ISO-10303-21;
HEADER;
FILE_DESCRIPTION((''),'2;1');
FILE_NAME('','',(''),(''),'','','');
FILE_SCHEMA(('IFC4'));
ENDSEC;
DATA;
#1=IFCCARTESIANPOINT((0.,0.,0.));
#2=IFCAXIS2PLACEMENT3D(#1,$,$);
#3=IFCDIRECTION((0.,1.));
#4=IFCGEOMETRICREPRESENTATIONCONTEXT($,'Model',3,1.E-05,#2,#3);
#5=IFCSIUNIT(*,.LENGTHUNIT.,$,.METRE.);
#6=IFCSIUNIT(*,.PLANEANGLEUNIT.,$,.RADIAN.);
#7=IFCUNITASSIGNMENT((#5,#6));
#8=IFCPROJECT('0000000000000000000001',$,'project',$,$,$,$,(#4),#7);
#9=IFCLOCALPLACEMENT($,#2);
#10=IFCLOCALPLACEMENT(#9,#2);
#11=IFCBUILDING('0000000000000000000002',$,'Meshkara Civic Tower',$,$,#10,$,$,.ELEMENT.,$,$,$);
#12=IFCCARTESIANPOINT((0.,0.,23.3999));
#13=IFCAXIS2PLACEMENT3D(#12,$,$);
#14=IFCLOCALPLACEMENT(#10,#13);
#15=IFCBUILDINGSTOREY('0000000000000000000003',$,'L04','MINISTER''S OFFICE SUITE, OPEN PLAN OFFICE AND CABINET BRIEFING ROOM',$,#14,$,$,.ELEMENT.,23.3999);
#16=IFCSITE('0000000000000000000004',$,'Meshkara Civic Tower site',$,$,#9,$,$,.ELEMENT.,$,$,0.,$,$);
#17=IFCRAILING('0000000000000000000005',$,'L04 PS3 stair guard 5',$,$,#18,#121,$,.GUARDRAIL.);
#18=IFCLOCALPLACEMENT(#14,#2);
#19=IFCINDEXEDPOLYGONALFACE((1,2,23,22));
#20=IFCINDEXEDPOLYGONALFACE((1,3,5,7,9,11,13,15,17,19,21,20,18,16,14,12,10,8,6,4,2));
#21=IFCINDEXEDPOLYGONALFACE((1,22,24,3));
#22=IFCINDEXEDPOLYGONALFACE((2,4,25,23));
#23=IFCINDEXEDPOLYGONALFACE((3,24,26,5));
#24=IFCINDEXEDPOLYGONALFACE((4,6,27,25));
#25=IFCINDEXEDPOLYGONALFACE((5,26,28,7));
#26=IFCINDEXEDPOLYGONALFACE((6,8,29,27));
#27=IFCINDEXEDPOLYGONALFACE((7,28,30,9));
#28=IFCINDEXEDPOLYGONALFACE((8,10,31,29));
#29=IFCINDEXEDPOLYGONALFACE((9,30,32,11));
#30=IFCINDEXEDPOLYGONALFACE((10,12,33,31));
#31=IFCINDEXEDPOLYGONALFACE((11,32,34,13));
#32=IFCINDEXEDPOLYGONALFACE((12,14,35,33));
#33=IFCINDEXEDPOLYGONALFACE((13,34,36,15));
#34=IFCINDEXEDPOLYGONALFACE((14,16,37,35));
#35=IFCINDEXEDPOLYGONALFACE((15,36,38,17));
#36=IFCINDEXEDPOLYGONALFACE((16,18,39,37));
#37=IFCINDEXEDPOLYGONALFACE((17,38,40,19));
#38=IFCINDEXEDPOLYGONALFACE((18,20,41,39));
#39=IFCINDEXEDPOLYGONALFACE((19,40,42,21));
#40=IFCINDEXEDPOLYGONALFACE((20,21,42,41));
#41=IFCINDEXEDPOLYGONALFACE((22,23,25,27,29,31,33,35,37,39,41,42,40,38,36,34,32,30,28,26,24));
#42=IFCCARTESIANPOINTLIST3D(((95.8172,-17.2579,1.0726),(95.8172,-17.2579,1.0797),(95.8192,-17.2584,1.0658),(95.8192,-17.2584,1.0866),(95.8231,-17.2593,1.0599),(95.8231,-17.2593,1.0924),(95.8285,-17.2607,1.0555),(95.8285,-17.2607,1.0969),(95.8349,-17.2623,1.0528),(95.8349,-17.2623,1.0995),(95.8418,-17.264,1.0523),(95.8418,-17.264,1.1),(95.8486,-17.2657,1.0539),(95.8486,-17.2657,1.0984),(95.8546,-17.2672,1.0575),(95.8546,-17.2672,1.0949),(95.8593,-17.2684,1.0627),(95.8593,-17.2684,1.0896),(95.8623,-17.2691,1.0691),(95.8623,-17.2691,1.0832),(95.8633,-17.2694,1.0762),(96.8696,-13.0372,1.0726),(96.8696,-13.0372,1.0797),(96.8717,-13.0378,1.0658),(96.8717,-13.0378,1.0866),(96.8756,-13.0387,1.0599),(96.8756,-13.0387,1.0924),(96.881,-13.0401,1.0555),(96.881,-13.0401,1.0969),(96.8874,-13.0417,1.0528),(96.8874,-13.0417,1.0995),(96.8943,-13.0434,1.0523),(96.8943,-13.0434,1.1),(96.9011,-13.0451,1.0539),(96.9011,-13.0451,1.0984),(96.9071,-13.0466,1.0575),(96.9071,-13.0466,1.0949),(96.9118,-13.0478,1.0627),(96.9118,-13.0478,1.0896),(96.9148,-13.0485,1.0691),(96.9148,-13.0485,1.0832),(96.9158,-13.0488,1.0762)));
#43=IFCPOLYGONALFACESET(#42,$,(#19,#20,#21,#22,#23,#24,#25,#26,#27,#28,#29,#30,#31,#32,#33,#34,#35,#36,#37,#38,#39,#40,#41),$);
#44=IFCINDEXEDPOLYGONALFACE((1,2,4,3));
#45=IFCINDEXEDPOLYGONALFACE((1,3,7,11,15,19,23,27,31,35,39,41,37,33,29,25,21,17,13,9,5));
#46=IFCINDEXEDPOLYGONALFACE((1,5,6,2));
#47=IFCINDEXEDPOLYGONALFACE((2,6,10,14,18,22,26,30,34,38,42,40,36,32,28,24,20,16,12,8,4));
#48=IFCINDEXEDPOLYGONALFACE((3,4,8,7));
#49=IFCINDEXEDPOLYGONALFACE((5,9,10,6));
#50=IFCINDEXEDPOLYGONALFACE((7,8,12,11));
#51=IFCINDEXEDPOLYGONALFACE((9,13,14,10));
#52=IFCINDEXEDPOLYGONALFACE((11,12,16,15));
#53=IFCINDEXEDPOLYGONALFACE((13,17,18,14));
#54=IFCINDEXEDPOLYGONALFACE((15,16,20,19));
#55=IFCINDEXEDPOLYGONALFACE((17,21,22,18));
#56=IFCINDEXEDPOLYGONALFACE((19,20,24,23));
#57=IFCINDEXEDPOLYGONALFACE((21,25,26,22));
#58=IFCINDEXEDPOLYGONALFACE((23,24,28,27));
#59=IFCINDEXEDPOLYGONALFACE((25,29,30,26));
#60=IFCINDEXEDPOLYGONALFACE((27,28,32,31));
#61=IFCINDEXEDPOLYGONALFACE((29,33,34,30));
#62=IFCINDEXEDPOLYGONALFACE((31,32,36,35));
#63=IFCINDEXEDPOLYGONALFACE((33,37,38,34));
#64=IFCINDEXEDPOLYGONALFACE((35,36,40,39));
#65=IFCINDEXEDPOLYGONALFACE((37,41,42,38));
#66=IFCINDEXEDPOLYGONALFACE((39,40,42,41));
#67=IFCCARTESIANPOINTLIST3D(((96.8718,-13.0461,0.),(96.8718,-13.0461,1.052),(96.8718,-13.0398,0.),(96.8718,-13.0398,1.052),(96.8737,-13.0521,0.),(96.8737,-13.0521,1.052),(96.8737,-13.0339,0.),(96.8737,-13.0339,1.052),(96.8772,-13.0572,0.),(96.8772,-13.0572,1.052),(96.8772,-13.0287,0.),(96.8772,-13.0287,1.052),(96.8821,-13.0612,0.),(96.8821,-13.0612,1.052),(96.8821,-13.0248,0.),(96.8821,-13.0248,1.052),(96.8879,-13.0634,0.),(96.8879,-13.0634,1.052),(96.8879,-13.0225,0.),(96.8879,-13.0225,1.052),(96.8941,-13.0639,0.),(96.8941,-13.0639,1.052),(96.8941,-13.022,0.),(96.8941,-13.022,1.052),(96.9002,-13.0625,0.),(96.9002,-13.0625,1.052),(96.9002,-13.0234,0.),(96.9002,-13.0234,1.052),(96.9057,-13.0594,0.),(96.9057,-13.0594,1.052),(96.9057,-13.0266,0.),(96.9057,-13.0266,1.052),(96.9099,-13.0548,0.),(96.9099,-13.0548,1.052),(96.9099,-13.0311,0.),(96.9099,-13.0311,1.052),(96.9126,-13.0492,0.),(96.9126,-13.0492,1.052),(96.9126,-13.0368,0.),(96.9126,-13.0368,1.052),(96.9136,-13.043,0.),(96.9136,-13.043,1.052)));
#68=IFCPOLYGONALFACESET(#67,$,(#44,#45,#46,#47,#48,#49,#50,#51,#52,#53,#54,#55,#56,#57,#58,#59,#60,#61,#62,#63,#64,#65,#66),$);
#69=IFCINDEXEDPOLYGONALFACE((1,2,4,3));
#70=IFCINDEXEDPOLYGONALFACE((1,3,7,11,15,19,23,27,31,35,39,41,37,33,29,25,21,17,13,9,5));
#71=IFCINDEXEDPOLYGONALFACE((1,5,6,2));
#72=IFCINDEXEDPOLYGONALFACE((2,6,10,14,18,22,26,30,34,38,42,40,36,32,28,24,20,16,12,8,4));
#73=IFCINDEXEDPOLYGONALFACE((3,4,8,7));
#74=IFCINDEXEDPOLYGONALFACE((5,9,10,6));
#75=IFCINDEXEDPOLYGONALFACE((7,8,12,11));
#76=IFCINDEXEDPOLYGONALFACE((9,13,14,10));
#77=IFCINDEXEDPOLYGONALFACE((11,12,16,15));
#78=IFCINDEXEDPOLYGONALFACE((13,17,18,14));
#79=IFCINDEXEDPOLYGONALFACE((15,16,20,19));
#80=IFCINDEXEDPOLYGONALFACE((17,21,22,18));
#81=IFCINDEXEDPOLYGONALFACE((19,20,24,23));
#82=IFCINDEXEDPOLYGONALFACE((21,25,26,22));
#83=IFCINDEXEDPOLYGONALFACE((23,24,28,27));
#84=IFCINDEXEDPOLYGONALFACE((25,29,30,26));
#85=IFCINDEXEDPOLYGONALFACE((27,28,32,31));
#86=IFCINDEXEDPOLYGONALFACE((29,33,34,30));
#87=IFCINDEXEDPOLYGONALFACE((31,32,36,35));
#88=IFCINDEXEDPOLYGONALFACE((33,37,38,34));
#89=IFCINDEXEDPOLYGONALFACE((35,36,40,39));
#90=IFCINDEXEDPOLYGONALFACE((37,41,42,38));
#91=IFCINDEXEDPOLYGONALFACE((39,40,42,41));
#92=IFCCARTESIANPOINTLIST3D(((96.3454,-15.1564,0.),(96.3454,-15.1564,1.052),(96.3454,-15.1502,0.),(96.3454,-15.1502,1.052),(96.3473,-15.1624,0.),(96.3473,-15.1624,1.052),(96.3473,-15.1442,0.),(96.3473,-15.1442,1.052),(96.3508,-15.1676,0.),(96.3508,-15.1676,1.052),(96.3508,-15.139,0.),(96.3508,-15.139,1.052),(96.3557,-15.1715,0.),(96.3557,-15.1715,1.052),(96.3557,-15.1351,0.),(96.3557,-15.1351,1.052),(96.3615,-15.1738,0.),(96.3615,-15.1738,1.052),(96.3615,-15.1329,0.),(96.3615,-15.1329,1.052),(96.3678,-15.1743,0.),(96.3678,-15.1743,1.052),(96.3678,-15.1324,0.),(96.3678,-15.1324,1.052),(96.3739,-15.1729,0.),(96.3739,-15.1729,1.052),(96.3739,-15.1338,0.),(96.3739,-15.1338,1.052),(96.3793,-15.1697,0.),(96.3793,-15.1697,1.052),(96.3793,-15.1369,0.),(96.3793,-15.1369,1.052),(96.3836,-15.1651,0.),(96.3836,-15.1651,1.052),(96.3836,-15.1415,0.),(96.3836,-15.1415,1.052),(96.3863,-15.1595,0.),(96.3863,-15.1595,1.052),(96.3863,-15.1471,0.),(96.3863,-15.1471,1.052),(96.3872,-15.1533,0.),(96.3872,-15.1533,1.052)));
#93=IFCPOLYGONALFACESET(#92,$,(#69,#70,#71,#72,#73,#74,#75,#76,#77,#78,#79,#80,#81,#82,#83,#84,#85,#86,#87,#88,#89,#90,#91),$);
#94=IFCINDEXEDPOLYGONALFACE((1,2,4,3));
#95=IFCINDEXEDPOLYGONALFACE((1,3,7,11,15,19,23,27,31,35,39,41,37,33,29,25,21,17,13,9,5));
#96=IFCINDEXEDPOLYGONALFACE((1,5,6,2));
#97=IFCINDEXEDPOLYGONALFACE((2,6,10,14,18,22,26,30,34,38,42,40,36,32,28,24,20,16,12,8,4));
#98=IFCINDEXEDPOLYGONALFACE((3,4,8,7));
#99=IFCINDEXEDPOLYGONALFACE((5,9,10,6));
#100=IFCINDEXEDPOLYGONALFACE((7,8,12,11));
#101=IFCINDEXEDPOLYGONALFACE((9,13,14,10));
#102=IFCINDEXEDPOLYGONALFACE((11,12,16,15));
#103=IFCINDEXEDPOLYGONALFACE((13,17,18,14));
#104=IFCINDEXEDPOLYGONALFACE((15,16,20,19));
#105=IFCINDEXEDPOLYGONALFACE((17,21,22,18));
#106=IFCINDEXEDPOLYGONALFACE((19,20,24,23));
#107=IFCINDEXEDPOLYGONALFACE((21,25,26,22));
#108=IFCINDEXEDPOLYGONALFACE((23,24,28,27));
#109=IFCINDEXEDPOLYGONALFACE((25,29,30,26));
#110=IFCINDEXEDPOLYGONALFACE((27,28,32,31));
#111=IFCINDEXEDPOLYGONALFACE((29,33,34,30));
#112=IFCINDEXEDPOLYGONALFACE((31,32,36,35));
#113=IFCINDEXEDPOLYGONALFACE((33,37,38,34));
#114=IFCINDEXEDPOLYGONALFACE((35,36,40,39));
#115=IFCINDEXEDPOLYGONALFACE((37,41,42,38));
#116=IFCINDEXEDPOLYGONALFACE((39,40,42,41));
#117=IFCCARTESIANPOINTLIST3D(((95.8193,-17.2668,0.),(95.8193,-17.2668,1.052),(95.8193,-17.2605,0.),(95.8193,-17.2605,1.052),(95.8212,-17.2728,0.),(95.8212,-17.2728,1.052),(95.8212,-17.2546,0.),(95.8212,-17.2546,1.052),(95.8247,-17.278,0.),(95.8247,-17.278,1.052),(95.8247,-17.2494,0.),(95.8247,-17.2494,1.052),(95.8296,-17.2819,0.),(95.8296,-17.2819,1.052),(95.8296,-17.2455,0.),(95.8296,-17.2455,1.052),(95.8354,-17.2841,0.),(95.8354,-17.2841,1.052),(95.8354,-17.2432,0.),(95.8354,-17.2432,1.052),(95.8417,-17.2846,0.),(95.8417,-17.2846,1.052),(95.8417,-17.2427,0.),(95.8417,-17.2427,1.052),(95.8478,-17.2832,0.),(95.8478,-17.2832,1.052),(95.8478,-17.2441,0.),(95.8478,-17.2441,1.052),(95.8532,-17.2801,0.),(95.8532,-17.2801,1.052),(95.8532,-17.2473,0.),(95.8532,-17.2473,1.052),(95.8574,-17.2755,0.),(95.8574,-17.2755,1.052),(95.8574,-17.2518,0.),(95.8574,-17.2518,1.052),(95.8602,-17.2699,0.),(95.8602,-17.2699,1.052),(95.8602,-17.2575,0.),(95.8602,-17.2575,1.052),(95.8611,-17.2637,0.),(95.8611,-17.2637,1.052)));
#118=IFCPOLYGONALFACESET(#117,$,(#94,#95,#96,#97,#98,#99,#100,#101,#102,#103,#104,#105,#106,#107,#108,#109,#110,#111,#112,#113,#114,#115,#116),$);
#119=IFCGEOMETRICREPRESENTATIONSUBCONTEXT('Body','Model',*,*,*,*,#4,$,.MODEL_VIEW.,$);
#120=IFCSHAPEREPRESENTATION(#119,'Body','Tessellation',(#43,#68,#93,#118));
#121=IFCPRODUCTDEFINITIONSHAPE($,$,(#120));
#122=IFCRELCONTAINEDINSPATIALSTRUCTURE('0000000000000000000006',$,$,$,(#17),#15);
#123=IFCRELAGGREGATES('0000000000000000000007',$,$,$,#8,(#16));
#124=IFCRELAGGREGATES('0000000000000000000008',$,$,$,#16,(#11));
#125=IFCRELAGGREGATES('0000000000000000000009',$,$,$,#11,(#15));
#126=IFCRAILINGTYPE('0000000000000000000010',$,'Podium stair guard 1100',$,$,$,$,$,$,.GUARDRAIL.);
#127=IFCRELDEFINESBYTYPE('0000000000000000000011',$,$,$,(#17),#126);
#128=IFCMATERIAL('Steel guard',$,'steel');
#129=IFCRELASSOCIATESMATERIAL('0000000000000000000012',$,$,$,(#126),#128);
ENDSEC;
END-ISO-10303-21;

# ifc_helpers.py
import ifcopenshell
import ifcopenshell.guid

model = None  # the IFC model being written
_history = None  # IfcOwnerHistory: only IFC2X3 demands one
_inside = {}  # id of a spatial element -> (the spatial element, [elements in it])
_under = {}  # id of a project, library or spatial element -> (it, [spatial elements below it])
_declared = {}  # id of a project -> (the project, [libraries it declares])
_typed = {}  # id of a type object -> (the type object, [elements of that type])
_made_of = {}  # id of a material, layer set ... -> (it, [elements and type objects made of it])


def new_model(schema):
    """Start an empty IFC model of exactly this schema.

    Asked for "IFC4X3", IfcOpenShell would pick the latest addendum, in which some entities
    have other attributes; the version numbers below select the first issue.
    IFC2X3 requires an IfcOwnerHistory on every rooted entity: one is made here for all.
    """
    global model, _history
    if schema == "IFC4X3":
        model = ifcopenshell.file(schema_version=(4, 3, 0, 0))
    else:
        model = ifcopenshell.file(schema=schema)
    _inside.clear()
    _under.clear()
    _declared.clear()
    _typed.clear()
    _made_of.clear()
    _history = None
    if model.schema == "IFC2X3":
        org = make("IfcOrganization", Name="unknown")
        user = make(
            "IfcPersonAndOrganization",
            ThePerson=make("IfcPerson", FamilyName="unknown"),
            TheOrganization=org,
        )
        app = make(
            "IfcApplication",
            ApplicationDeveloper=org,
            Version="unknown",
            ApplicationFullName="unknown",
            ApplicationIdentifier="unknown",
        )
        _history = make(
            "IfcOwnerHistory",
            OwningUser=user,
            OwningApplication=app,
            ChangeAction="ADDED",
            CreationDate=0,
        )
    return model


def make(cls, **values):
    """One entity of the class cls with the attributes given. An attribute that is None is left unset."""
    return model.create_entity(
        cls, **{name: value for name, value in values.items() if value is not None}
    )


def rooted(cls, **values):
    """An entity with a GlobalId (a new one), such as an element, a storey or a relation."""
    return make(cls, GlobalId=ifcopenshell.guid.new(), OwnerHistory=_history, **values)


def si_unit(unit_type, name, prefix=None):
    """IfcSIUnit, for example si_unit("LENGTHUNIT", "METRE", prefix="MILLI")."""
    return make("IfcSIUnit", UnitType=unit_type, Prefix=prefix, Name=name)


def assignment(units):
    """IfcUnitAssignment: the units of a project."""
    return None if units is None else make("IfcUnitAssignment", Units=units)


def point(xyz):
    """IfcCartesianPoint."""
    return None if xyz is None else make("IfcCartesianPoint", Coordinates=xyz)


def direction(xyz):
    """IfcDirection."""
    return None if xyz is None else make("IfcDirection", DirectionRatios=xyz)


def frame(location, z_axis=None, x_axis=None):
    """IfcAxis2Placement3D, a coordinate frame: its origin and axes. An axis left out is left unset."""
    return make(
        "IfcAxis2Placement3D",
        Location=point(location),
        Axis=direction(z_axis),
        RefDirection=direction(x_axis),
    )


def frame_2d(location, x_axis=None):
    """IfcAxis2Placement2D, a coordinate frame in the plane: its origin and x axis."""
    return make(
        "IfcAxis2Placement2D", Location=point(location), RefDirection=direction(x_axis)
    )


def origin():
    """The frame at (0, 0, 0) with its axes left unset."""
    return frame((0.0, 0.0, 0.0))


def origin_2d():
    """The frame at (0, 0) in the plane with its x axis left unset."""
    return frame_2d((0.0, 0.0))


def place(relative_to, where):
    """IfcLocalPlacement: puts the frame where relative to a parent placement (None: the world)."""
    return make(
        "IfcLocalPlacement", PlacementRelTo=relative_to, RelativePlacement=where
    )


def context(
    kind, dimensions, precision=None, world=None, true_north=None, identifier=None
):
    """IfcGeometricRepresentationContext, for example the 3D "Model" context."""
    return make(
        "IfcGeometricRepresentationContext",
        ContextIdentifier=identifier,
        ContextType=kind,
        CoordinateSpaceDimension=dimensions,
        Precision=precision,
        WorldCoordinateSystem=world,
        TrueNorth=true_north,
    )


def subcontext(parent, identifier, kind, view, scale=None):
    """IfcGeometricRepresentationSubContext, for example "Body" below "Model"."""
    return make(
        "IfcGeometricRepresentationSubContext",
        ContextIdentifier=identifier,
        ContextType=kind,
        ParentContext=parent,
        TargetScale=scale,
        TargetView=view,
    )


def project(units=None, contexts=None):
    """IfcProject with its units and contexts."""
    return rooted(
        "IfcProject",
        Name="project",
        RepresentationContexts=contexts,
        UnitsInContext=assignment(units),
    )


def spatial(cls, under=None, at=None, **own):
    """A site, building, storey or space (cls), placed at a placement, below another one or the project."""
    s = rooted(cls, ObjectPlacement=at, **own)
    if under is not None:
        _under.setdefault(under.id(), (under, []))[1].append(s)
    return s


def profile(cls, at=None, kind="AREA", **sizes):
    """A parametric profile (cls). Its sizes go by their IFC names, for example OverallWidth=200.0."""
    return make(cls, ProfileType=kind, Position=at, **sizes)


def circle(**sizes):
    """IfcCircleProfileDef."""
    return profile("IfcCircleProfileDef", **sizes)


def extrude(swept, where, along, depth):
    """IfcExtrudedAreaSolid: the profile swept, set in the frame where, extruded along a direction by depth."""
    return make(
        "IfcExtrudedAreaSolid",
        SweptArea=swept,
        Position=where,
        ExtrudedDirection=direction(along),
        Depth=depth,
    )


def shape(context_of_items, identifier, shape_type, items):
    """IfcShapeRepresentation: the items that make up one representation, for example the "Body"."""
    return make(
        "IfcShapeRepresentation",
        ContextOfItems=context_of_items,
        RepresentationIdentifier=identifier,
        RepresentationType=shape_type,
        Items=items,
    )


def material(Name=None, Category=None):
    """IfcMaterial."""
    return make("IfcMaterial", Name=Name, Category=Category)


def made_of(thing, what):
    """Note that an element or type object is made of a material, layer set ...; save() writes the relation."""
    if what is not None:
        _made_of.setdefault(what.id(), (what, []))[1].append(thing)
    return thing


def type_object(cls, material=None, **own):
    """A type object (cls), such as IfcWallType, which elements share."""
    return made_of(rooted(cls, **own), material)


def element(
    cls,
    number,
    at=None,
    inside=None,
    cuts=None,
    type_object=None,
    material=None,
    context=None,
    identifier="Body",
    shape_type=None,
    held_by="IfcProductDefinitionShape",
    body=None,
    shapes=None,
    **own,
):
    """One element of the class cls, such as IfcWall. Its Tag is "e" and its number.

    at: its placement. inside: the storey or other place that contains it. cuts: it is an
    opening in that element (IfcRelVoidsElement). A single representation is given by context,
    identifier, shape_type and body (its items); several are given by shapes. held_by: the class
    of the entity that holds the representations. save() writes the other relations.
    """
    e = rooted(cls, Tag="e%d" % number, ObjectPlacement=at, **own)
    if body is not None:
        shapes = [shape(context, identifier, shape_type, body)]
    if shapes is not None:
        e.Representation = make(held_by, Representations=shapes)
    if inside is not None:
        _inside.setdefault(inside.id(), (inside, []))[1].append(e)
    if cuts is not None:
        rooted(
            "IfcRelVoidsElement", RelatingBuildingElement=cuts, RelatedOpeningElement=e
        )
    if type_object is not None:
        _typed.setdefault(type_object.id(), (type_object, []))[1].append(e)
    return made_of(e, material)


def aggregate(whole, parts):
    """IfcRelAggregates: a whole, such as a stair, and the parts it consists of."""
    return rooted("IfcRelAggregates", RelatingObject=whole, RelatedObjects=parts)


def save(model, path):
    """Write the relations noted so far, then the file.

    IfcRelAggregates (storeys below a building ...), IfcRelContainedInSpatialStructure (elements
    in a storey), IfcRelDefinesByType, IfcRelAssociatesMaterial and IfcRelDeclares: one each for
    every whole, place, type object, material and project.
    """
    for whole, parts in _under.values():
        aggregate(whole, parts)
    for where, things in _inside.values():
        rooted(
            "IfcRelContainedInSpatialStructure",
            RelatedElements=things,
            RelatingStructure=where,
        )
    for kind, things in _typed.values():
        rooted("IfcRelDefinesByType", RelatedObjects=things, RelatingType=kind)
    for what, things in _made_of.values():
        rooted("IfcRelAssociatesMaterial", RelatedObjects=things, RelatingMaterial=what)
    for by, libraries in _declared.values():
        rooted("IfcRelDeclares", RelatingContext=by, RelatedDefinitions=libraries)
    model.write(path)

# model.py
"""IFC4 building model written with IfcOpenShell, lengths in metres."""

from ifc_helpers import new_model, si_unit, direction, frame, origin, origin_2d, place, context, subcontext, project, spatial, circle, extrude, material, type_object, element, save


model = new_model("IFC4")

# Units and contexts
model_context = context("Model", 3, precision=1e-05, world=origin(), true_north=direction((0.0, 1.0)))
body_context = subcontext(model_context, "Body", "Model", "MODEL_VIEW")
ifc_project = project(units=[si_unit("LENGTHUNIT", "METRE"), si_unit("PLANEANGLEUNIT", "RADIAN")], contexts=[model_context])

# Site, building, storey
site_placement = place(None, origin())
site = spatial("IfcSite", under=ifc_project, at=site_placement, Name="Meshkara Civic Tower site", CompositionType="ELEMENT", RefElevation=0.0)
building_placement = place(site_placement, origin())
building = spatial("IfcBuilding", under=site, at=building_placement, Name="Meshkara Civic Tower", CompositionType="ELEMENT")
storey_placement = place(building_placement, frame((0.0, 0.0, 23.3999)))
storey = spatial("IfcBuildingStorey", under=building, at=storey_placement, Name="L04", Description="MINISTER'S OFFICE SUITE, OPEN PLAN OFFICE AND CABINET BRIEFING ROOM", CompositionType="ELEMENT", Elevation=23.3999)

# Railing
ifc_material_1 = material(Name="Steel guard", Category="steel")
railing_type_1 = type_object("IfcRailingType", Name="Podium stair guard 1100", PredefinedType="GUARDRAIL", material=ifc_material_1)
railing_1_placement = place(storey_placement, frame((96.8926, -13.043, 0.0)))
element("IfcRailing", 1, at=railing_1_placement, inside=storey, type_object=railing_type_1, Name="L04 PS3 stair guard 5", PredefinedType="GUARDRAIL", context=body_context, shape_type="SweptSolid", body=[
    extrude(circle(Radius=0.0239, at=origin_2d()), frame((0.0, 0.0, 1.0762), z_axis=(-0.241955, -0.970288, 0.0), x_axis=(0.970288, -0.241955, 0.0)), (0.0, 0.0, 1.0), 4.3499),
    extrude(circle(Radius=0.021, at=origin_2d()), origin(), (0.0, 0.0, 1.0), 1.052),
    extrude(circle(Radius=0.021, at=origin_2d()), frame((-0.5264, -2.1104, 0.0)), (0.0, 0.0, 1.0), 1.052),
    extrude(circle(Radius=0.021, at=origin_2d()), frame((-1.0525, -4.2207, 0.0)), (0.0, 0.0, 1.0), 1.052),
])

save(model, "model.ifc")
